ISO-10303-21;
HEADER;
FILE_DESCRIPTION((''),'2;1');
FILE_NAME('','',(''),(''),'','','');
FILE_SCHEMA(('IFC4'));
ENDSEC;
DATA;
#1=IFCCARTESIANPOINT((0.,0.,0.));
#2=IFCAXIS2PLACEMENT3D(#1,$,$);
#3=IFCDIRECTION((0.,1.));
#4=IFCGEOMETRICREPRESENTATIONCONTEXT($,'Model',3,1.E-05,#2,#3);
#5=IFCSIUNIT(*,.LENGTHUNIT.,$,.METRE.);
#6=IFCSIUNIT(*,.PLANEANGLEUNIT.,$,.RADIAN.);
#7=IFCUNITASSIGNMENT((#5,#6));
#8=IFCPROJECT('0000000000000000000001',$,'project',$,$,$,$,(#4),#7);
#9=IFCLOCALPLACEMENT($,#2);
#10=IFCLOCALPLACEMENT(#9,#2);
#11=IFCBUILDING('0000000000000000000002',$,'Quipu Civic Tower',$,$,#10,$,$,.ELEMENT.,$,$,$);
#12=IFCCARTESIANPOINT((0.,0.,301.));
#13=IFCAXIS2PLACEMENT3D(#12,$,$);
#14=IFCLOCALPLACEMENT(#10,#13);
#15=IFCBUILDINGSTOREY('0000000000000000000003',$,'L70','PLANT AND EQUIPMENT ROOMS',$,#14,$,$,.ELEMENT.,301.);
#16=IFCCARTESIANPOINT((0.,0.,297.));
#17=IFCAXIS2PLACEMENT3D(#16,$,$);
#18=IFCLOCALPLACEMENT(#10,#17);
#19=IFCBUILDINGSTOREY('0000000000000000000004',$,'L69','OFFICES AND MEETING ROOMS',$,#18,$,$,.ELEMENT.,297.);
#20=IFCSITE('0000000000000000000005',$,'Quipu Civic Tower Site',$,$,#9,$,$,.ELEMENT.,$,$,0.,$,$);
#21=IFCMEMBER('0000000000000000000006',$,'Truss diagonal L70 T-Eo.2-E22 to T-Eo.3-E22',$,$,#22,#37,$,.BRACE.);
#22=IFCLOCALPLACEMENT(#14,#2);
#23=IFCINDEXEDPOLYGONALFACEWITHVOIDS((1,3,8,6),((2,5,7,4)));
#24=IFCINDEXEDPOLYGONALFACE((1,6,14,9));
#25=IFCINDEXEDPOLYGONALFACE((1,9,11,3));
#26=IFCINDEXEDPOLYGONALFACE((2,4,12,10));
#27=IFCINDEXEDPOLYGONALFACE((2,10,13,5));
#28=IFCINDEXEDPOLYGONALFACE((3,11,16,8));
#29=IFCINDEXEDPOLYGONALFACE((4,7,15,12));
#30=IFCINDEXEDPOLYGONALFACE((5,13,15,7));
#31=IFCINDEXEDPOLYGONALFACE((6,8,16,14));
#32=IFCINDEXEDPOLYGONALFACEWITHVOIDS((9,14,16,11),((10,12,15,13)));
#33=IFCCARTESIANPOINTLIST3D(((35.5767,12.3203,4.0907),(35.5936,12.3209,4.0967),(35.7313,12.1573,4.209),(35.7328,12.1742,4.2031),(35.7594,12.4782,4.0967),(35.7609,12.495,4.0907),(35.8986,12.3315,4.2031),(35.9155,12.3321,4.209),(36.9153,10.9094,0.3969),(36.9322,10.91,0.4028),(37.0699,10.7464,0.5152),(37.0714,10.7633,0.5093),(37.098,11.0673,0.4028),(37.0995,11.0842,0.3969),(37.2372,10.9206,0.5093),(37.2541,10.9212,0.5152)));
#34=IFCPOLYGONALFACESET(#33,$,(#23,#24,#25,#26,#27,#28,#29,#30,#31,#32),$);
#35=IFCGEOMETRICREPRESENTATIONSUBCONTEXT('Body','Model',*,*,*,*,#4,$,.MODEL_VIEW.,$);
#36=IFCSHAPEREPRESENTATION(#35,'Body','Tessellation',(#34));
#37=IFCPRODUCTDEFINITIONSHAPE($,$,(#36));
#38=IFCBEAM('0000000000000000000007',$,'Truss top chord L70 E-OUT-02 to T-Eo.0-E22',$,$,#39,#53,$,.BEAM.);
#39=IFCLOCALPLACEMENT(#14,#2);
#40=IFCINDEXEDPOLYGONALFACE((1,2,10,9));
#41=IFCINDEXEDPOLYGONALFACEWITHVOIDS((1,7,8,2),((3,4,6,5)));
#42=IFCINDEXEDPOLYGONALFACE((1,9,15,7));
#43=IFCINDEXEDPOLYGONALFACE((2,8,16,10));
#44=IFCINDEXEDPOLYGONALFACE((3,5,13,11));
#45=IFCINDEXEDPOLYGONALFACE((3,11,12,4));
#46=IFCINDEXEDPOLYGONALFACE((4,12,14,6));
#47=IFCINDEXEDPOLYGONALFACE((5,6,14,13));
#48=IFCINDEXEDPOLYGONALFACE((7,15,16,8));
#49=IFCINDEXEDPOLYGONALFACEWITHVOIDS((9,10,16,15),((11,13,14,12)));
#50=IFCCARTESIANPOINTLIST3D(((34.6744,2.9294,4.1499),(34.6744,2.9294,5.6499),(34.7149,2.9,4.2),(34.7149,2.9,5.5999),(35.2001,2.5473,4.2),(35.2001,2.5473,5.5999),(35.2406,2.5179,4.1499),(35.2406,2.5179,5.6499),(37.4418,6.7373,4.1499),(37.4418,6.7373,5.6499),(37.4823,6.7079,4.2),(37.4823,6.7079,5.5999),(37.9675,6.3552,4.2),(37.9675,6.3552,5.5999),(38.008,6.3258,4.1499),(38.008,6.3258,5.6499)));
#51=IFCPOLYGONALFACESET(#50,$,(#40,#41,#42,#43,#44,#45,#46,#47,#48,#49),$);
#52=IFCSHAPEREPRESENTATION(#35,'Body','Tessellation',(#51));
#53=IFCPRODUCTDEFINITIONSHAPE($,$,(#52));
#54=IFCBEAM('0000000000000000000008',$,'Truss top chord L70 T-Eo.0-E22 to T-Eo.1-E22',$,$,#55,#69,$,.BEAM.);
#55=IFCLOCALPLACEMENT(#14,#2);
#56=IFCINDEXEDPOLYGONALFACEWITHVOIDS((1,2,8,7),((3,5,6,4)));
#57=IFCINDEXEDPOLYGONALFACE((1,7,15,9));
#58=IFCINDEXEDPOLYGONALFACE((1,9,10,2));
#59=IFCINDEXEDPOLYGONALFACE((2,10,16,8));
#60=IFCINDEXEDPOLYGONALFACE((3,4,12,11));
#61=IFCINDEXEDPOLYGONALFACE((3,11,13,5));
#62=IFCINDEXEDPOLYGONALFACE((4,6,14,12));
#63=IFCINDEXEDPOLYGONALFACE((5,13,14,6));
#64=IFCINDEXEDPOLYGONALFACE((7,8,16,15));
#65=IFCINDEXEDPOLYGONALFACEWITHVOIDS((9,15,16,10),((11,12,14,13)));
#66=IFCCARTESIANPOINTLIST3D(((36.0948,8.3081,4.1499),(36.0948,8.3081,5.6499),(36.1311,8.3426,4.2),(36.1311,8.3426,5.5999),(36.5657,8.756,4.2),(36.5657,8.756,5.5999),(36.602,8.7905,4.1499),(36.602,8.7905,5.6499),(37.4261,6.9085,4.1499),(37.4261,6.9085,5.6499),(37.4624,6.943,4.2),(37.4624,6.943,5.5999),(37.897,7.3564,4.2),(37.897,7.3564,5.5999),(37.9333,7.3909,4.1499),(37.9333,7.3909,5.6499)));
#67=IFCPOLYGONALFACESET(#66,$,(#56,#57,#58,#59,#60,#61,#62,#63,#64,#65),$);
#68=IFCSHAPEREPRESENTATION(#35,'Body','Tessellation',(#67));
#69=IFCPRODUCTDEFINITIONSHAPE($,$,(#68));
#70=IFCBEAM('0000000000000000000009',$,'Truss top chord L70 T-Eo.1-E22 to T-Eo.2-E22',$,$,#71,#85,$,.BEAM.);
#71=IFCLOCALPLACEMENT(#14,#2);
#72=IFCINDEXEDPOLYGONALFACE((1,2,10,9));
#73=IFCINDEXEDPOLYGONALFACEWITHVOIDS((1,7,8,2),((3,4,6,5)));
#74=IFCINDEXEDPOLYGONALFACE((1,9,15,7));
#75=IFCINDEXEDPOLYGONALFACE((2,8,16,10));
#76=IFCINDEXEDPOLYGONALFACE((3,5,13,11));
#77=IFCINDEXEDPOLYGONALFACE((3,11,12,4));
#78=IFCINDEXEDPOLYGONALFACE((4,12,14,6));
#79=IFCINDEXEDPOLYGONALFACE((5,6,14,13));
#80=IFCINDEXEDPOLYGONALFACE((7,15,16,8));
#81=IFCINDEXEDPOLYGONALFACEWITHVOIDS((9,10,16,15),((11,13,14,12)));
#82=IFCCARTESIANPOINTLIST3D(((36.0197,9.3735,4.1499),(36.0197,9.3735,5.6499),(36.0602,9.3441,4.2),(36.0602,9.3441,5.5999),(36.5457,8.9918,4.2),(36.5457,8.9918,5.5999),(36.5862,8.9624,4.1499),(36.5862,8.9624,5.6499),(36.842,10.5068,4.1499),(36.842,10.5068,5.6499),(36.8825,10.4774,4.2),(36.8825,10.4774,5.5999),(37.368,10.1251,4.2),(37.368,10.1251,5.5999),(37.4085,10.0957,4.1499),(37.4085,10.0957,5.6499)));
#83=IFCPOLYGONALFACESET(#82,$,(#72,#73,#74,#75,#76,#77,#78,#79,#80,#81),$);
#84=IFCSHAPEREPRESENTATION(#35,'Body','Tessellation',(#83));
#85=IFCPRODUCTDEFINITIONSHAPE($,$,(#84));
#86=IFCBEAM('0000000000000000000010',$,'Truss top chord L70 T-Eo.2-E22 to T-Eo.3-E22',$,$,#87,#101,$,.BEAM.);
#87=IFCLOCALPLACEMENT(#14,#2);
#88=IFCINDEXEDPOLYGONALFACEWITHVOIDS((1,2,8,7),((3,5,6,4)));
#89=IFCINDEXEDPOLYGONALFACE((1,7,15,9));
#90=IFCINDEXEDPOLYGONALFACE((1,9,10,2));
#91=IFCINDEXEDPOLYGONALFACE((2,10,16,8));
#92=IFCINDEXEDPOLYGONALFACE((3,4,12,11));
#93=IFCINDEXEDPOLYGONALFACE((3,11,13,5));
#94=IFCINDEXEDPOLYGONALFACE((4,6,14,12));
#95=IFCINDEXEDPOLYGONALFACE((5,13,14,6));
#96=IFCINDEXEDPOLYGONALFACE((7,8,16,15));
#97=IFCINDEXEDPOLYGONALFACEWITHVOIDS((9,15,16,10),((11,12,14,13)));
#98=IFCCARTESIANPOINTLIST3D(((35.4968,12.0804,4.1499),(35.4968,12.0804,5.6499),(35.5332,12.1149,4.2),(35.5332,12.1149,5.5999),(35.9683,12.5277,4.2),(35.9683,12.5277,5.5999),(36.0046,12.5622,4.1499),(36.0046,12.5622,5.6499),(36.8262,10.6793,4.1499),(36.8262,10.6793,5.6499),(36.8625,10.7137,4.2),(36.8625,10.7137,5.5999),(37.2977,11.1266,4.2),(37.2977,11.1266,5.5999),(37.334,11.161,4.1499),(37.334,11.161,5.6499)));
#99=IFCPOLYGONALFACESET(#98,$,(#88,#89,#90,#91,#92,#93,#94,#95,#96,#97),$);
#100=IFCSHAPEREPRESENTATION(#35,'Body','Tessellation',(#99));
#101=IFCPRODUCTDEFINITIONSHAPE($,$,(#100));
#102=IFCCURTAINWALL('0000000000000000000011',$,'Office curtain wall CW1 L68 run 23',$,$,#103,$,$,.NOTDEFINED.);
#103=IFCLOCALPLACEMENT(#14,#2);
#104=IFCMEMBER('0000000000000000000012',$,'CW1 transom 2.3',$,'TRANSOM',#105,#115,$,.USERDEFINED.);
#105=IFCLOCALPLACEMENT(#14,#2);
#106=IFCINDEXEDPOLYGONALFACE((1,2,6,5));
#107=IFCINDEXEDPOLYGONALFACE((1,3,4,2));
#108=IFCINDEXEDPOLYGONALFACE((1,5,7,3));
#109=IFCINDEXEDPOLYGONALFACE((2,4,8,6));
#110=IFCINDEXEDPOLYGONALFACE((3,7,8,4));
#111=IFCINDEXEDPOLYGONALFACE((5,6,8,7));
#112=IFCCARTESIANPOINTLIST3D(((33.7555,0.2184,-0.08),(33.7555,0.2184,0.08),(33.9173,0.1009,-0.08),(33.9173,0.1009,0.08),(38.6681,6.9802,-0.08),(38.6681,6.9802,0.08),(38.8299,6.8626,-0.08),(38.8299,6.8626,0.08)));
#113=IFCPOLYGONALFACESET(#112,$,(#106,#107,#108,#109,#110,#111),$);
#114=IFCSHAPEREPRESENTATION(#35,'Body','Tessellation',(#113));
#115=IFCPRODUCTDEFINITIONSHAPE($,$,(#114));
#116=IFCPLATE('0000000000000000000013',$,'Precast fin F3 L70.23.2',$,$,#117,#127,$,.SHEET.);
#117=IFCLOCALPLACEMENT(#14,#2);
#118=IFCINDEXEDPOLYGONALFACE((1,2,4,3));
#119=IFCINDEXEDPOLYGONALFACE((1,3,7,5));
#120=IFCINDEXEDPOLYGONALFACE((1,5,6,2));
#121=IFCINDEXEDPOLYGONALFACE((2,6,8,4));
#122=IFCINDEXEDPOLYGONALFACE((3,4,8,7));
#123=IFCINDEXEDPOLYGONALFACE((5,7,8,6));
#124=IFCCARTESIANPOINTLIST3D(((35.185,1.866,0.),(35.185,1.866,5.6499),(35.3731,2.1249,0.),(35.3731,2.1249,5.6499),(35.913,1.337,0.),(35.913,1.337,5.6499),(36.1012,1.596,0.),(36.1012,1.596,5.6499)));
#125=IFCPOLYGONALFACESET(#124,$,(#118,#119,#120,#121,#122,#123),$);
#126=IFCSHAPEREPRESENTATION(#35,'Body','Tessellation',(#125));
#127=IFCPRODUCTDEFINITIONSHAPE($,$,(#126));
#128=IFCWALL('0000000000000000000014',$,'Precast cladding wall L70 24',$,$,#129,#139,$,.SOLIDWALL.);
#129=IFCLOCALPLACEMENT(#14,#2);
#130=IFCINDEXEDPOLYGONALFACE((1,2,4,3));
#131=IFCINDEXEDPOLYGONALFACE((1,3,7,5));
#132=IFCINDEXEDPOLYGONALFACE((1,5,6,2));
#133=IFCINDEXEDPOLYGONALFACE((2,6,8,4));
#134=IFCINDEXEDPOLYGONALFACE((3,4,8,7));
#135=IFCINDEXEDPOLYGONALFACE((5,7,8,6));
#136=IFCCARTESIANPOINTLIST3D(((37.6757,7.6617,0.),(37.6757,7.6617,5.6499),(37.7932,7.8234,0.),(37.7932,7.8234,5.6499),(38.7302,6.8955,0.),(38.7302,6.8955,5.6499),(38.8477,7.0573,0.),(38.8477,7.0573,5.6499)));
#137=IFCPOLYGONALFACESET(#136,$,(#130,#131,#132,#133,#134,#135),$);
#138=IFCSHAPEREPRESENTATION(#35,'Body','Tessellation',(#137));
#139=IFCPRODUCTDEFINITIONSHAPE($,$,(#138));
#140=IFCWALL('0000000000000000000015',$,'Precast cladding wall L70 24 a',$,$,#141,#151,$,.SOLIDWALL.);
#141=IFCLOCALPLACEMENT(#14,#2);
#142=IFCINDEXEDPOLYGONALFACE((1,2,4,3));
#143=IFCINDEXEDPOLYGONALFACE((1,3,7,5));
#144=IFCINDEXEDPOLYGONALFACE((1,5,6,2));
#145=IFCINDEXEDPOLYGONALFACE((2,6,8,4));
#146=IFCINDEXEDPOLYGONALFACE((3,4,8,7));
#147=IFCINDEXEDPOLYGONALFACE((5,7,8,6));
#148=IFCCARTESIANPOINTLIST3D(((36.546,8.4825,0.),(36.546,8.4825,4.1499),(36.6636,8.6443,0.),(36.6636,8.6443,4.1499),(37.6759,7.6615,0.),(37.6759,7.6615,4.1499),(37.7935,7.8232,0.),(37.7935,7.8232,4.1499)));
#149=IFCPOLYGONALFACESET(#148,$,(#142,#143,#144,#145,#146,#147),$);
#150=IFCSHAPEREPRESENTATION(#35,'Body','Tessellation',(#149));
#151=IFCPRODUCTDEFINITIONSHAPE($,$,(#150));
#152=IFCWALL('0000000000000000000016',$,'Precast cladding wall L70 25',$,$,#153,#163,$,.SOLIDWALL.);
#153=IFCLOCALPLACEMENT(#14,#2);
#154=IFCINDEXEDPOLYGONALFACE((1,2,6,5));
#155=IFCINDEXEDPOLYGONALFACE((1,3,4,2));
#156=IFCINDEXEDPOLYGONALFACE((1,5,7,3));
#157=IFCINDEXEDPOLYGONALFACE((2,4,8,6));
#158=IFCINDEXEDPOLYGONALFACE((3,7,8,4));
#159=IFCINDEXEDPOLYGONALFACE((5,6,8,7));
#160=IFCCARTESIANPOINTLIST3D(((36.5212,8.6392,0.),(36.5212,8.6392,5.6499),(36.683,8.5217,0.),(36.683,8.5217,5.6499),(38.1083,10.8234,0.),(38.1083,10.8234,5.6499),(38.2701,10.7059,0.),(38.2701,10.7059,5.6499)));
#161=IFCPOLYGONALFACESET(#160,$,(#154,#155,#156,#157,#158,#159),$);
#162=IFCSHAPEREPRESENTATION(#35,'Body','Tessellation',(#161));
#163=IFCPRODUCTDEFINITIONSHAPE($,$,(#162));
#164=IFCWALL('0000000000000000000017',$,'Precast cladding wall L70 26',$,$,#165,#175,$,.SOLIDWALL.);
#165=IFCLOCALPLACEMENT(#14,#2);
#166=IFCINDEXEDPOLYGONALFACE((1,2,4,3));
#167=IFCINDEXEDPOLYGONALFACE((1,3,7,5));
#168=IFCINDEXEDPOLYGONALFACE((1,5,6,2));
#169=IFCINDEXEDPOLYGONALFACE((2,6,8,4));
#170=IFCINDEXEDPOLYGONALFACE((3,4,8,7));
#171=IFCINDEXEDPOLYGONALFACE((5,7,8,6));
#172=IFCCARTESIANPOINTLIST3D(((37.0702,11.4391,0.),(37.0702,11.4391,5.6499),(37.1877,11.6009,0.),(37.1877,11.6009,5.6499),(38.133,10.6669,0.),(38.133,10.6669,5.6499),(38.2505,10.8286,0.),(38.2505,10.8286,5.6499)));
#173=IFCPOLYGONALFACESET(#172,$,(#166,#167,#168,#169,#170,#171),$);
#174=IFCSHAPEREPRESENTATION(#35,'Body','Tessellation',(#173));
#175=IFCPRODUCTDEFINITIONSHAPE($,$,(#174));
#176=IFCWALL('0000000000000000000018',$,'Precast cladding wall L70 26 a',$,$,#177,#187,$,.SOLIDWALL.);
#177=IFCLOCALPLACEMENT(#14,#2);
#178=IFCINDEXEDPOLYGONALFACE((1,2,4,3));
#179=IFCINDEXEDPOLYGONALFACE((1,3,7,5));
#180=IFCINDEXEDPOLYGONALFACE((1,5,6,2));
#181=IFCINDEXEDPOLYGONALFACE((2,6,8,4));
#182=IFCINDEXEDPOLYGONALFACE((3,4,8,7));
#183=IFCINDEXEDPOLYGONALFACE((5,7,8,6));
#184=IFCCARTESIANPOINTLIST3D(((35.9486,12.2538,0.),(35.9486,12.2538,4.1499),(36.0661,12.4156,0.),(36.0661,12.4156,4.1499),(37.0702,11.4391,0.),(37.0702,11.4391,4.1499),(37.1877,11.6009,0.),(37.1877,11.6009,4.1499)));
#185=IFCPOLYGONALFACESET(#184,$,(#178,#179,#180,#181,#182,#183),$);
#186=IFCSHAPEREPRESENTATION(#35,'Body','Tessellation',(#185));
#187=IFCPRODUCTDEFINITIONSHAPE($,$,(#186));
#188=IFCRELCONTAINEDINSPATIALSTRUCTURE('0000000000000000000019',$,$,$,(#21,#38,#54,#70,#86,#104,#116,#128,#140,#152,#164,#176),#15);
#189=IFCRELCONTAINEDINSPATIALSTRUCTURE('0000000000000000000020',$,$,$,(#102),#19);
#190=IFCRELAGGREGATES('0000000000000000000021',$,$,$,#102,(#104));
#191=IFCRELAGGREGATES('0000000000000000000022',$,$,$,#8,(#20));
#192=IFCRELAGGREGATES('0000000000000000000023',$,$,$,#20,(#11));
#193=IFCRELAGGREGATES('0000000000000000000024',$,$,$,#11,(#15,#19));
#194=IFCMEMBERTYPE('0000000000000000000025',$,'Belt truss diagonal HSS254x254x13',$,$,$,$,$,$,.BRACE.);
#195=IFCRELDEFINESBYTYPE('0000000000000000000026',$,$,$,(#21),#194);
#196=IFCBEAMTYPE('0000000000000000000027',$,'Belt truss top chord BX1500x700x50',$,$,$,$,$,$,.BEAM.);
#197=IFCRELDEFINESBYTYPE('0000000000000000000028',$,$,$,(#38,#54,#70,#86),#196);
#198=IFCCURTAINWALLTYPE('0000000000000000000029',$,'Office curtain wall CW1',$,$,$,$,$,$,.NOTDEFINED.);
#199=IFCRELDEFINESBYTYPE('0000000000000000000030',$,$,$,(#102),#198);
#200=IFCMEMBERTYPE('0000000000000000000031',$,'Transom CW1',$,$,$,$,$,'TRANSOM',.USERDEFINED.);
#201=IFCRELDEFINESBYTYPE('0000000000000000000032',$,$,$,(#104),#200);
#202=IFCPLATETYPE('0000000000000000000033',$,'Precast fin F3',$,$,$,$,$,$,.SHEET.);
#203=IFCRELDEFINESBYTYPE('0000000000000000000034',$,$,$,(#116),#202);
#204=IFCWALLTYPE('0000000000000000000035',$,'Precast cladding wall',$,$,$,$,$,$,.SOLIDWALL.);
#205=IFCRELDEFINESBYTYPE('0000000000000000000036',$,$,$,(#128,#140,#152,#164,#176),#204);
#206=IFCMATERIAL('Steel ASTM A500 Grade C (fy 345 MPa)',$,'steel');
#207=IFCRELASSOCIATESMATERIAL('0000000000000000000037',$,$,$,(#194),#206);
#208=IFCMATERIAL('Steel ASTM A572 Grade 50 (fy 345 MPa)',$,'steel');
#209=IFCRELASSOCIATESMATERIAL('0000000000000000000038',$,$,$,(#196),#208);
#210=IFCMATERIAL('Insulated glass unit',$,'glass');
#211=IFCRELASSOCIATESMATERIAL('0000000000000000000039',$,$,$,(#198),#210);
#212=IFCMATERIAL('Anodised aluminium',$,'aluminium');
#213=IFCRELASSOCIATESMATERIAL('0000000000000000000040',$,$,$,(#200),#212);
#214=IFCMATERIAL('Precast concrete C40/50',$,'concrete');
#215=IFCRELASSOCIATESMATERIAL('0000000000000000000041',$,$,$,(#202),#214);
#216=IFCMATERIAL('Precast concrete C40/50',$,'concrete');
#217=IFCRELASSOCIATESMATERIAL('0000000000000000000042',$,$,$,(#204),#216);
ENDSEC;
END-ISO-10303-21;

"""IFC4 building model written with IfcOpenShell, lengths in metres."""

from ifc_helpers import new_model, si_unit, direction, frame, frame_2d, origin, origin_2d, place, context, subcontext, project, spatial, rectangle, hollow_rectangle, extrude, material, material_profile, profile_set, type_object, element, aggregate, save


model = new_model("IFC4")

# Units and contexts
model_context = context("Model", 3, precision=1e-05, world=origin(), true_north=direction((0.0, 1.0)))
body_context = subcontext(model_context, "Body", "Model", "MODEL_VIEW")
ifc_project = project(units=[si_unit("LENGTHUNIT", "METRE"), si_unit("PLANEANGLEUNIT", "RADIAN")], contexts=[model_context])

# Site, building, storey
site_placement = place(None, origin())
site = spatial("IfcSite", under=ifc_project, at=site_placement, Name="Quipu Civic Tower Site", CompositionType="ELEMENT", RefElevation=0.0)
building_placement = place(site_placement, origin())
building = spatial("IfcBuilding", under=site, at=building_placement, Name="Quipu Civic Tower", CompositionType="ELEMENT")
storey_1_placement = place(building_placement, frame((0.0, 0.0, 301.0)))
storey_1 = spatial("IfcBuildingStorey", under=building, at=storey_1_placement, Name="L70", Description="PLANT AND EQUIPMENT ROOMS", CompositionType="ELEMENT", Elevation=301.0)

# Member
ifc_material_1 = material(Name="Steel ASTM A500 Grade C (fy 345 MPa)", Category="steel")
ifc_material_profile_1 = material_profile(ifc_material_1, hollow_rectangle(XDim=0.2539, YDim=0.2539, WallThickness=0.0127, at=origin_2d()), Name="HSS254x254x13")
ifc_profile_set_1 = profile_set([ifc_material_profile_1], Name="Steel ASTM A500 Grade C (fy 345 MPa)")
member_type_1 = type_object("IfcMemberType", Name="Belt truss diagonal HSS254x254x13", PredefinedType="BRACE", material=ifc_profile_set_1)
member_1_placement = place(storey_1_placement, frame((37.0847, 10.9153, 0.4561), z_axis=(-0.320661, 0.337972, 0.884845), x_axis=(-0.725441, -0.688284, 0.0)))
element("IfcMember", 1, at=member_1_placement, inside=storey_1, type_object=member_type_1, Name="Truss diagonal L70 T-Eo.2-E22 to T-Eo.3-E22", PredefinedType="BRACE", context=body_context, shape_type="SweptSolid", body=[
    extrude(hollow_rectangle(XDim=0.2539, YDim=0.2539, WallThickness=0.0127, at=origin_2d()), origin(), (0.0, 0.0, 1.0), 4.1746),
])

# Beams
ifc_material_2 = material(Name="Steel ASTM A572 Grade 50 (fy 345 MPa)", Category="steel")
ifc_material_profile_2 = material_profile(ifc_material_2, hollow_rectangle(XDim=0.7, YDim=1.5, WallThickness=0.05, at=origin_2d()), Name="BX1500x700x50")
ifc_profile_set_2 = profile_set([ifc_material_profile_2], Name="Steel ASTM A572 Grade 50 (fy 345 MPa)")
beam_type_1 = type_object("IfcBeamType", Name="Belt truss top chord BX1500x700x50", PredefinedType="BEAM", material=ifc_profile_set_2)
beam_1_placement = place(storey_1_placement, frame((34.9575, 2.7236, 4.8999), z_axis=(0.587891, 0.80894, 0.0), x_axis=(-0.80894, 0.587891, 0.0)))
element("IfcBeam", 2, at=beam_1_placement, inside=storey_1, type_object=beam_type_1, Name="Truss top chord L70 E-OUT-02 to T-Eo.0-E22", PredefinedType="BEAM", context=body_context, shape_type="SweptSolid", body=[
    extrude(hollow_rectangle(XDim=0.7, YDim=1.5, WallThickness=0.05, at=origin_2d()), origin(), (0.0, 0.0, 1.0), 4.7073),
])
beam_2_placement = place(storey_1_placement, frame((37.6797, 7.1497, 4.8999), z_axis=(-0.689191, 0.72458, 0.0), x_axis=(-0.72458, -0.689191, 0.0)))
element("IfcBeam", 3, at=beam_2_placement, inside=storey_1, type_object=beam_type_1, Name="Truss top chord L70 T-Eo.0-E22 to T-Eo.1-E22", PredefinedType="BEAM", context=body_context, shape_type="SweptSolid", body=[
    extrude(hollow_rectangle(XDim=0.7, YDim=1.5, WallThickness=0.05, at=origin_2d()), origin(), (0.0, 0.0, 1.0), 1.9316),
])
beam_3_placement = place(storey_1_placement, frame((36.303, 9.168, 4.8999), z_axis=(0.587259, 0.809399, 0.0), x_axis=(-0.809399, 0.587259, 0.0)))
element("IfcBeam", 4, at=beam_3_placement, inside=storey_1, type_object=beam_type_1, Name="Truss top chord L70 T-Eo.1-E22 to T-Eo.2-E22", PredefinedType="BEAM", context=body_context, shape_type="SweptSolid", body=[
    extrude(hollow_rectangle(XDim=0.7, YDim=1.5, WallThickness=0.05, at=origin_2d()), origin(), (0.0, 0.0, 1.0), 1.4001),
])
beam_4_placement = place(storey_1_placement, frame((37.0801, 10.9202, 4.8999), z_axis=(-0.688281, 0.725444, 0.0), x_axis=(-0.725444, -0.688281, 0.0)))
element("IfcBeam", 5, at=beam_4_placement, inside=storey_1, type_object=beam_type_1, Name="Truss top chord L70 T-Eo.2-E22 to T-Eo.3-E22", PredefinedType="BEAM", context=body_context, shape_type="SweptSolid", body=[
    extrude(hollow_rectangle(XDim=0.7, YDim=1.5, WallThickness=0.05, at=origin_2d()), origin(), (0.0, 0.0, 1.0), 1.9314),
])

# Shared definitions
storey_2_placement = place(building_placement, frame((0.0, 0.0, 297.0)))
storey_2 = spatial("IfcBuildingStorey", under=building, at=storey_2_placement, Name="L69", Description="OFFICES AND MEETING ROOMS", CompositionType="ELEMENT", Elevation=297.0)

# Curtain wall, member
ifc_material_3 = material(Name="Insulated glass unit", Category="glass")
curtain_wall_type = type_object("IfcCurtainWallType", Name="Office curtain wall CW1", PredefinedType="NOTDEFINED", material=ifc_material_3)
curtain_wall_placement = place(storey_2_placement, origin())
curtain_wall = element("IfcCurtainWall", 6, at=curtain_wall_placement, inside=storey_2, type_object=curtain_wall_type, Name="Office curtain wall CW1 L68 run 23", PredefinedType="NOTDEFINED")
ifc_material_4 = material(Name="Anodised aluminium", Category="aluminium")
ifc_material_profile_3 = material_profile(ifc_material_4, rectangle(XDim=0.2, YDim=0.1599, at=origin_2d()), Name="RECT 200x160")
ifc_profile_set_3 = profile_set([ifc_material_profile_3], Name="Anodised aluminium")
member_type_2 = type_object("IfcMemberType", Name="Transom CW1", ElementType="TRANSOM", PredefinedType="USERDEFINED", material=ifc_profile_set_3)
member_2_placement = place(storey_1_placement, frame((33.8364, 0.1597, 0.0), z_axis=(0.587779, 0.809021, 0.0), x_axis=(-0.809021, 0.587779, 0.0)))
member_2 = element("IfcMember", 7, at=member_2_placement, inside=storey_1, type_object=member_type_2, Name="CW1 transom 2.3", ObjectType="TRANSOM", PredefinedType="USERDEFINED", context=body_context, shape_type="SweptSolid", body=[
    extrude(rectangle(XDim=0.2, YDim=0.1599, at=origin_2d()), origin(), (0.0, 0.0, 1.0), 8.3579),
])
aggregate(curtain_wall, [member_2])

# Plate
ifc_material_5 = material(Name="Precast concrete C40/50", Category="concrete")
plate_type = type_object("IfcPlateType", Name="Precast fin F3", PredefinedType="SHEET", material=ifc_material_5)
plate_placement = place(storey_1_placement, frame((35.6431, 1.731, 0.0), z_axis=(0.0, 0.0, 1.0), x_axis=(0.587787, 0.809016, 0.0)))
element("IfcPlate", 8, at=plate_placement, inside=storey_1, type_object=plate_type, Name="Precast fin F3 L70.23.2", PredefinedType="SHEET", context=body_context, shape_type="SweptSolid", body=[
    extrude(rectangle(XDim=0.3201, YDim=0.8999, at=origin_2d()), origin(), (0.0, 0.0, 1.0), 5.6499),
])

# Walls
ifc_material_6 = material(Name="Precast concrete C40/50", Category="concrete")
wall_type = type_object("IfcWallType", Name="Precast cladding wall", PredefinedType="SOLIDWALL", material=ifc_material_6)
wall_1_placement = place(storey_1_placement, frame((38.7891, 6.9763, 0.0), z_axis=(0.0, 0.0, 1.0), x_axis=(-0.809011, 0.587793, 0.0)))
element("IfcWall", 9, at=wall_1_placement, inside=storey_1, type_object=wall_type, Name="Precast cladding wall L70 24", PredefinedType="SOLIDWALL", context=body_context, shape_type="SweptSolid", body=[
    extrude(rectangle(XDim=1.3035, YDim=0.2, at=frame_2d((0.6519, 0.0))), origin(), (0.0, 0.0, 1.0), 5.6499),
])
wall_2_placement = place(storey_1_placement, frame((37.7346, 7.7424, 0.0), z_axis=(0.0, 0.0, 1.0), x_axis=(-0.80897, 0.587849, 0.0)))
element("IfcWall", 10, at=wall_2_placement, inside=storey_1, type_object=wall_type, Name="Precast cladding wall L70 24 a", PredefinedType="SOLIDWALL", context=body_context, shape_type="SweptSolid", body=[
    extrude(rectangle(XDim=1.3967, YDim=0.2, at=frame_2d((0.6982, 0.0))), origin(), (0.0, 0.0, 1.0), 4.1499),
])
wall_3_placement = place(storey_1_placement, frame((36.6021, 8.5803, 0.0), z_axis=(0.0, 0.0, 1.0), x_axis=(0.587822, 0.80899, 0.0)))
element("IfcWall", 11, at=wall_3_placement, inside=storey_1, type_object=wall_type, Name="Precast cladding wall L70 25", PredefinedType="SOLIDWALL", context=body_context, shape_type="SweptSolid", body=[
    extrude(rectangle(XDim=2.7, YDim=0.2, at=frame_2d((1.3501, 0.0))), origin(), (0.0, 0.0, 1.0), 5.6499),
])
wall_4_placement = place(storey_1_placement, frame((38.1917, 10.7478, 0.0), z_axis=(0.0, 0.0, 1.0), x_axis=(-0.808985, 0.587829, 0.0)))
element("IfcWall", 12, at=wall_4_placement, inside=storey_1, type_object=wall_type, Name="Precast cladding wall L70 26", PredefinedType="SOLIDWALL", context=body_context, shape_type="SweptSolid", body=[
    extrude(rectangle(XDim=1.3137, YDim=0.2, at=frame_2d((0.6567, 0.0))), origin(), (0.0, 0.0, 1.0), 5.6499),
])
wall_5_placement = place(storey_1_placement, frame((37.1289, 11.52, 0.0), z_axis=(0.0, 0.0, 1.0), x_axis=(-0.809079, 0.5877, 0.0)))
element("IfcWall", 13, at=wall_5_placement, inside=storey_1, type_object=wall_type, Name="Precast cladding wall L70 26 a", PredefinedType="SOLIDWALL", context=body_context, shape_type="SweptSolid", body=[
    extrude(rectangle(XDim=1.3862, YDim=0.2, at=frame_2d((0.6931, 0.0))), origin(), (0.0, 0.0, 1.0), 4.1499),
])

save(model, "model.ifc")
